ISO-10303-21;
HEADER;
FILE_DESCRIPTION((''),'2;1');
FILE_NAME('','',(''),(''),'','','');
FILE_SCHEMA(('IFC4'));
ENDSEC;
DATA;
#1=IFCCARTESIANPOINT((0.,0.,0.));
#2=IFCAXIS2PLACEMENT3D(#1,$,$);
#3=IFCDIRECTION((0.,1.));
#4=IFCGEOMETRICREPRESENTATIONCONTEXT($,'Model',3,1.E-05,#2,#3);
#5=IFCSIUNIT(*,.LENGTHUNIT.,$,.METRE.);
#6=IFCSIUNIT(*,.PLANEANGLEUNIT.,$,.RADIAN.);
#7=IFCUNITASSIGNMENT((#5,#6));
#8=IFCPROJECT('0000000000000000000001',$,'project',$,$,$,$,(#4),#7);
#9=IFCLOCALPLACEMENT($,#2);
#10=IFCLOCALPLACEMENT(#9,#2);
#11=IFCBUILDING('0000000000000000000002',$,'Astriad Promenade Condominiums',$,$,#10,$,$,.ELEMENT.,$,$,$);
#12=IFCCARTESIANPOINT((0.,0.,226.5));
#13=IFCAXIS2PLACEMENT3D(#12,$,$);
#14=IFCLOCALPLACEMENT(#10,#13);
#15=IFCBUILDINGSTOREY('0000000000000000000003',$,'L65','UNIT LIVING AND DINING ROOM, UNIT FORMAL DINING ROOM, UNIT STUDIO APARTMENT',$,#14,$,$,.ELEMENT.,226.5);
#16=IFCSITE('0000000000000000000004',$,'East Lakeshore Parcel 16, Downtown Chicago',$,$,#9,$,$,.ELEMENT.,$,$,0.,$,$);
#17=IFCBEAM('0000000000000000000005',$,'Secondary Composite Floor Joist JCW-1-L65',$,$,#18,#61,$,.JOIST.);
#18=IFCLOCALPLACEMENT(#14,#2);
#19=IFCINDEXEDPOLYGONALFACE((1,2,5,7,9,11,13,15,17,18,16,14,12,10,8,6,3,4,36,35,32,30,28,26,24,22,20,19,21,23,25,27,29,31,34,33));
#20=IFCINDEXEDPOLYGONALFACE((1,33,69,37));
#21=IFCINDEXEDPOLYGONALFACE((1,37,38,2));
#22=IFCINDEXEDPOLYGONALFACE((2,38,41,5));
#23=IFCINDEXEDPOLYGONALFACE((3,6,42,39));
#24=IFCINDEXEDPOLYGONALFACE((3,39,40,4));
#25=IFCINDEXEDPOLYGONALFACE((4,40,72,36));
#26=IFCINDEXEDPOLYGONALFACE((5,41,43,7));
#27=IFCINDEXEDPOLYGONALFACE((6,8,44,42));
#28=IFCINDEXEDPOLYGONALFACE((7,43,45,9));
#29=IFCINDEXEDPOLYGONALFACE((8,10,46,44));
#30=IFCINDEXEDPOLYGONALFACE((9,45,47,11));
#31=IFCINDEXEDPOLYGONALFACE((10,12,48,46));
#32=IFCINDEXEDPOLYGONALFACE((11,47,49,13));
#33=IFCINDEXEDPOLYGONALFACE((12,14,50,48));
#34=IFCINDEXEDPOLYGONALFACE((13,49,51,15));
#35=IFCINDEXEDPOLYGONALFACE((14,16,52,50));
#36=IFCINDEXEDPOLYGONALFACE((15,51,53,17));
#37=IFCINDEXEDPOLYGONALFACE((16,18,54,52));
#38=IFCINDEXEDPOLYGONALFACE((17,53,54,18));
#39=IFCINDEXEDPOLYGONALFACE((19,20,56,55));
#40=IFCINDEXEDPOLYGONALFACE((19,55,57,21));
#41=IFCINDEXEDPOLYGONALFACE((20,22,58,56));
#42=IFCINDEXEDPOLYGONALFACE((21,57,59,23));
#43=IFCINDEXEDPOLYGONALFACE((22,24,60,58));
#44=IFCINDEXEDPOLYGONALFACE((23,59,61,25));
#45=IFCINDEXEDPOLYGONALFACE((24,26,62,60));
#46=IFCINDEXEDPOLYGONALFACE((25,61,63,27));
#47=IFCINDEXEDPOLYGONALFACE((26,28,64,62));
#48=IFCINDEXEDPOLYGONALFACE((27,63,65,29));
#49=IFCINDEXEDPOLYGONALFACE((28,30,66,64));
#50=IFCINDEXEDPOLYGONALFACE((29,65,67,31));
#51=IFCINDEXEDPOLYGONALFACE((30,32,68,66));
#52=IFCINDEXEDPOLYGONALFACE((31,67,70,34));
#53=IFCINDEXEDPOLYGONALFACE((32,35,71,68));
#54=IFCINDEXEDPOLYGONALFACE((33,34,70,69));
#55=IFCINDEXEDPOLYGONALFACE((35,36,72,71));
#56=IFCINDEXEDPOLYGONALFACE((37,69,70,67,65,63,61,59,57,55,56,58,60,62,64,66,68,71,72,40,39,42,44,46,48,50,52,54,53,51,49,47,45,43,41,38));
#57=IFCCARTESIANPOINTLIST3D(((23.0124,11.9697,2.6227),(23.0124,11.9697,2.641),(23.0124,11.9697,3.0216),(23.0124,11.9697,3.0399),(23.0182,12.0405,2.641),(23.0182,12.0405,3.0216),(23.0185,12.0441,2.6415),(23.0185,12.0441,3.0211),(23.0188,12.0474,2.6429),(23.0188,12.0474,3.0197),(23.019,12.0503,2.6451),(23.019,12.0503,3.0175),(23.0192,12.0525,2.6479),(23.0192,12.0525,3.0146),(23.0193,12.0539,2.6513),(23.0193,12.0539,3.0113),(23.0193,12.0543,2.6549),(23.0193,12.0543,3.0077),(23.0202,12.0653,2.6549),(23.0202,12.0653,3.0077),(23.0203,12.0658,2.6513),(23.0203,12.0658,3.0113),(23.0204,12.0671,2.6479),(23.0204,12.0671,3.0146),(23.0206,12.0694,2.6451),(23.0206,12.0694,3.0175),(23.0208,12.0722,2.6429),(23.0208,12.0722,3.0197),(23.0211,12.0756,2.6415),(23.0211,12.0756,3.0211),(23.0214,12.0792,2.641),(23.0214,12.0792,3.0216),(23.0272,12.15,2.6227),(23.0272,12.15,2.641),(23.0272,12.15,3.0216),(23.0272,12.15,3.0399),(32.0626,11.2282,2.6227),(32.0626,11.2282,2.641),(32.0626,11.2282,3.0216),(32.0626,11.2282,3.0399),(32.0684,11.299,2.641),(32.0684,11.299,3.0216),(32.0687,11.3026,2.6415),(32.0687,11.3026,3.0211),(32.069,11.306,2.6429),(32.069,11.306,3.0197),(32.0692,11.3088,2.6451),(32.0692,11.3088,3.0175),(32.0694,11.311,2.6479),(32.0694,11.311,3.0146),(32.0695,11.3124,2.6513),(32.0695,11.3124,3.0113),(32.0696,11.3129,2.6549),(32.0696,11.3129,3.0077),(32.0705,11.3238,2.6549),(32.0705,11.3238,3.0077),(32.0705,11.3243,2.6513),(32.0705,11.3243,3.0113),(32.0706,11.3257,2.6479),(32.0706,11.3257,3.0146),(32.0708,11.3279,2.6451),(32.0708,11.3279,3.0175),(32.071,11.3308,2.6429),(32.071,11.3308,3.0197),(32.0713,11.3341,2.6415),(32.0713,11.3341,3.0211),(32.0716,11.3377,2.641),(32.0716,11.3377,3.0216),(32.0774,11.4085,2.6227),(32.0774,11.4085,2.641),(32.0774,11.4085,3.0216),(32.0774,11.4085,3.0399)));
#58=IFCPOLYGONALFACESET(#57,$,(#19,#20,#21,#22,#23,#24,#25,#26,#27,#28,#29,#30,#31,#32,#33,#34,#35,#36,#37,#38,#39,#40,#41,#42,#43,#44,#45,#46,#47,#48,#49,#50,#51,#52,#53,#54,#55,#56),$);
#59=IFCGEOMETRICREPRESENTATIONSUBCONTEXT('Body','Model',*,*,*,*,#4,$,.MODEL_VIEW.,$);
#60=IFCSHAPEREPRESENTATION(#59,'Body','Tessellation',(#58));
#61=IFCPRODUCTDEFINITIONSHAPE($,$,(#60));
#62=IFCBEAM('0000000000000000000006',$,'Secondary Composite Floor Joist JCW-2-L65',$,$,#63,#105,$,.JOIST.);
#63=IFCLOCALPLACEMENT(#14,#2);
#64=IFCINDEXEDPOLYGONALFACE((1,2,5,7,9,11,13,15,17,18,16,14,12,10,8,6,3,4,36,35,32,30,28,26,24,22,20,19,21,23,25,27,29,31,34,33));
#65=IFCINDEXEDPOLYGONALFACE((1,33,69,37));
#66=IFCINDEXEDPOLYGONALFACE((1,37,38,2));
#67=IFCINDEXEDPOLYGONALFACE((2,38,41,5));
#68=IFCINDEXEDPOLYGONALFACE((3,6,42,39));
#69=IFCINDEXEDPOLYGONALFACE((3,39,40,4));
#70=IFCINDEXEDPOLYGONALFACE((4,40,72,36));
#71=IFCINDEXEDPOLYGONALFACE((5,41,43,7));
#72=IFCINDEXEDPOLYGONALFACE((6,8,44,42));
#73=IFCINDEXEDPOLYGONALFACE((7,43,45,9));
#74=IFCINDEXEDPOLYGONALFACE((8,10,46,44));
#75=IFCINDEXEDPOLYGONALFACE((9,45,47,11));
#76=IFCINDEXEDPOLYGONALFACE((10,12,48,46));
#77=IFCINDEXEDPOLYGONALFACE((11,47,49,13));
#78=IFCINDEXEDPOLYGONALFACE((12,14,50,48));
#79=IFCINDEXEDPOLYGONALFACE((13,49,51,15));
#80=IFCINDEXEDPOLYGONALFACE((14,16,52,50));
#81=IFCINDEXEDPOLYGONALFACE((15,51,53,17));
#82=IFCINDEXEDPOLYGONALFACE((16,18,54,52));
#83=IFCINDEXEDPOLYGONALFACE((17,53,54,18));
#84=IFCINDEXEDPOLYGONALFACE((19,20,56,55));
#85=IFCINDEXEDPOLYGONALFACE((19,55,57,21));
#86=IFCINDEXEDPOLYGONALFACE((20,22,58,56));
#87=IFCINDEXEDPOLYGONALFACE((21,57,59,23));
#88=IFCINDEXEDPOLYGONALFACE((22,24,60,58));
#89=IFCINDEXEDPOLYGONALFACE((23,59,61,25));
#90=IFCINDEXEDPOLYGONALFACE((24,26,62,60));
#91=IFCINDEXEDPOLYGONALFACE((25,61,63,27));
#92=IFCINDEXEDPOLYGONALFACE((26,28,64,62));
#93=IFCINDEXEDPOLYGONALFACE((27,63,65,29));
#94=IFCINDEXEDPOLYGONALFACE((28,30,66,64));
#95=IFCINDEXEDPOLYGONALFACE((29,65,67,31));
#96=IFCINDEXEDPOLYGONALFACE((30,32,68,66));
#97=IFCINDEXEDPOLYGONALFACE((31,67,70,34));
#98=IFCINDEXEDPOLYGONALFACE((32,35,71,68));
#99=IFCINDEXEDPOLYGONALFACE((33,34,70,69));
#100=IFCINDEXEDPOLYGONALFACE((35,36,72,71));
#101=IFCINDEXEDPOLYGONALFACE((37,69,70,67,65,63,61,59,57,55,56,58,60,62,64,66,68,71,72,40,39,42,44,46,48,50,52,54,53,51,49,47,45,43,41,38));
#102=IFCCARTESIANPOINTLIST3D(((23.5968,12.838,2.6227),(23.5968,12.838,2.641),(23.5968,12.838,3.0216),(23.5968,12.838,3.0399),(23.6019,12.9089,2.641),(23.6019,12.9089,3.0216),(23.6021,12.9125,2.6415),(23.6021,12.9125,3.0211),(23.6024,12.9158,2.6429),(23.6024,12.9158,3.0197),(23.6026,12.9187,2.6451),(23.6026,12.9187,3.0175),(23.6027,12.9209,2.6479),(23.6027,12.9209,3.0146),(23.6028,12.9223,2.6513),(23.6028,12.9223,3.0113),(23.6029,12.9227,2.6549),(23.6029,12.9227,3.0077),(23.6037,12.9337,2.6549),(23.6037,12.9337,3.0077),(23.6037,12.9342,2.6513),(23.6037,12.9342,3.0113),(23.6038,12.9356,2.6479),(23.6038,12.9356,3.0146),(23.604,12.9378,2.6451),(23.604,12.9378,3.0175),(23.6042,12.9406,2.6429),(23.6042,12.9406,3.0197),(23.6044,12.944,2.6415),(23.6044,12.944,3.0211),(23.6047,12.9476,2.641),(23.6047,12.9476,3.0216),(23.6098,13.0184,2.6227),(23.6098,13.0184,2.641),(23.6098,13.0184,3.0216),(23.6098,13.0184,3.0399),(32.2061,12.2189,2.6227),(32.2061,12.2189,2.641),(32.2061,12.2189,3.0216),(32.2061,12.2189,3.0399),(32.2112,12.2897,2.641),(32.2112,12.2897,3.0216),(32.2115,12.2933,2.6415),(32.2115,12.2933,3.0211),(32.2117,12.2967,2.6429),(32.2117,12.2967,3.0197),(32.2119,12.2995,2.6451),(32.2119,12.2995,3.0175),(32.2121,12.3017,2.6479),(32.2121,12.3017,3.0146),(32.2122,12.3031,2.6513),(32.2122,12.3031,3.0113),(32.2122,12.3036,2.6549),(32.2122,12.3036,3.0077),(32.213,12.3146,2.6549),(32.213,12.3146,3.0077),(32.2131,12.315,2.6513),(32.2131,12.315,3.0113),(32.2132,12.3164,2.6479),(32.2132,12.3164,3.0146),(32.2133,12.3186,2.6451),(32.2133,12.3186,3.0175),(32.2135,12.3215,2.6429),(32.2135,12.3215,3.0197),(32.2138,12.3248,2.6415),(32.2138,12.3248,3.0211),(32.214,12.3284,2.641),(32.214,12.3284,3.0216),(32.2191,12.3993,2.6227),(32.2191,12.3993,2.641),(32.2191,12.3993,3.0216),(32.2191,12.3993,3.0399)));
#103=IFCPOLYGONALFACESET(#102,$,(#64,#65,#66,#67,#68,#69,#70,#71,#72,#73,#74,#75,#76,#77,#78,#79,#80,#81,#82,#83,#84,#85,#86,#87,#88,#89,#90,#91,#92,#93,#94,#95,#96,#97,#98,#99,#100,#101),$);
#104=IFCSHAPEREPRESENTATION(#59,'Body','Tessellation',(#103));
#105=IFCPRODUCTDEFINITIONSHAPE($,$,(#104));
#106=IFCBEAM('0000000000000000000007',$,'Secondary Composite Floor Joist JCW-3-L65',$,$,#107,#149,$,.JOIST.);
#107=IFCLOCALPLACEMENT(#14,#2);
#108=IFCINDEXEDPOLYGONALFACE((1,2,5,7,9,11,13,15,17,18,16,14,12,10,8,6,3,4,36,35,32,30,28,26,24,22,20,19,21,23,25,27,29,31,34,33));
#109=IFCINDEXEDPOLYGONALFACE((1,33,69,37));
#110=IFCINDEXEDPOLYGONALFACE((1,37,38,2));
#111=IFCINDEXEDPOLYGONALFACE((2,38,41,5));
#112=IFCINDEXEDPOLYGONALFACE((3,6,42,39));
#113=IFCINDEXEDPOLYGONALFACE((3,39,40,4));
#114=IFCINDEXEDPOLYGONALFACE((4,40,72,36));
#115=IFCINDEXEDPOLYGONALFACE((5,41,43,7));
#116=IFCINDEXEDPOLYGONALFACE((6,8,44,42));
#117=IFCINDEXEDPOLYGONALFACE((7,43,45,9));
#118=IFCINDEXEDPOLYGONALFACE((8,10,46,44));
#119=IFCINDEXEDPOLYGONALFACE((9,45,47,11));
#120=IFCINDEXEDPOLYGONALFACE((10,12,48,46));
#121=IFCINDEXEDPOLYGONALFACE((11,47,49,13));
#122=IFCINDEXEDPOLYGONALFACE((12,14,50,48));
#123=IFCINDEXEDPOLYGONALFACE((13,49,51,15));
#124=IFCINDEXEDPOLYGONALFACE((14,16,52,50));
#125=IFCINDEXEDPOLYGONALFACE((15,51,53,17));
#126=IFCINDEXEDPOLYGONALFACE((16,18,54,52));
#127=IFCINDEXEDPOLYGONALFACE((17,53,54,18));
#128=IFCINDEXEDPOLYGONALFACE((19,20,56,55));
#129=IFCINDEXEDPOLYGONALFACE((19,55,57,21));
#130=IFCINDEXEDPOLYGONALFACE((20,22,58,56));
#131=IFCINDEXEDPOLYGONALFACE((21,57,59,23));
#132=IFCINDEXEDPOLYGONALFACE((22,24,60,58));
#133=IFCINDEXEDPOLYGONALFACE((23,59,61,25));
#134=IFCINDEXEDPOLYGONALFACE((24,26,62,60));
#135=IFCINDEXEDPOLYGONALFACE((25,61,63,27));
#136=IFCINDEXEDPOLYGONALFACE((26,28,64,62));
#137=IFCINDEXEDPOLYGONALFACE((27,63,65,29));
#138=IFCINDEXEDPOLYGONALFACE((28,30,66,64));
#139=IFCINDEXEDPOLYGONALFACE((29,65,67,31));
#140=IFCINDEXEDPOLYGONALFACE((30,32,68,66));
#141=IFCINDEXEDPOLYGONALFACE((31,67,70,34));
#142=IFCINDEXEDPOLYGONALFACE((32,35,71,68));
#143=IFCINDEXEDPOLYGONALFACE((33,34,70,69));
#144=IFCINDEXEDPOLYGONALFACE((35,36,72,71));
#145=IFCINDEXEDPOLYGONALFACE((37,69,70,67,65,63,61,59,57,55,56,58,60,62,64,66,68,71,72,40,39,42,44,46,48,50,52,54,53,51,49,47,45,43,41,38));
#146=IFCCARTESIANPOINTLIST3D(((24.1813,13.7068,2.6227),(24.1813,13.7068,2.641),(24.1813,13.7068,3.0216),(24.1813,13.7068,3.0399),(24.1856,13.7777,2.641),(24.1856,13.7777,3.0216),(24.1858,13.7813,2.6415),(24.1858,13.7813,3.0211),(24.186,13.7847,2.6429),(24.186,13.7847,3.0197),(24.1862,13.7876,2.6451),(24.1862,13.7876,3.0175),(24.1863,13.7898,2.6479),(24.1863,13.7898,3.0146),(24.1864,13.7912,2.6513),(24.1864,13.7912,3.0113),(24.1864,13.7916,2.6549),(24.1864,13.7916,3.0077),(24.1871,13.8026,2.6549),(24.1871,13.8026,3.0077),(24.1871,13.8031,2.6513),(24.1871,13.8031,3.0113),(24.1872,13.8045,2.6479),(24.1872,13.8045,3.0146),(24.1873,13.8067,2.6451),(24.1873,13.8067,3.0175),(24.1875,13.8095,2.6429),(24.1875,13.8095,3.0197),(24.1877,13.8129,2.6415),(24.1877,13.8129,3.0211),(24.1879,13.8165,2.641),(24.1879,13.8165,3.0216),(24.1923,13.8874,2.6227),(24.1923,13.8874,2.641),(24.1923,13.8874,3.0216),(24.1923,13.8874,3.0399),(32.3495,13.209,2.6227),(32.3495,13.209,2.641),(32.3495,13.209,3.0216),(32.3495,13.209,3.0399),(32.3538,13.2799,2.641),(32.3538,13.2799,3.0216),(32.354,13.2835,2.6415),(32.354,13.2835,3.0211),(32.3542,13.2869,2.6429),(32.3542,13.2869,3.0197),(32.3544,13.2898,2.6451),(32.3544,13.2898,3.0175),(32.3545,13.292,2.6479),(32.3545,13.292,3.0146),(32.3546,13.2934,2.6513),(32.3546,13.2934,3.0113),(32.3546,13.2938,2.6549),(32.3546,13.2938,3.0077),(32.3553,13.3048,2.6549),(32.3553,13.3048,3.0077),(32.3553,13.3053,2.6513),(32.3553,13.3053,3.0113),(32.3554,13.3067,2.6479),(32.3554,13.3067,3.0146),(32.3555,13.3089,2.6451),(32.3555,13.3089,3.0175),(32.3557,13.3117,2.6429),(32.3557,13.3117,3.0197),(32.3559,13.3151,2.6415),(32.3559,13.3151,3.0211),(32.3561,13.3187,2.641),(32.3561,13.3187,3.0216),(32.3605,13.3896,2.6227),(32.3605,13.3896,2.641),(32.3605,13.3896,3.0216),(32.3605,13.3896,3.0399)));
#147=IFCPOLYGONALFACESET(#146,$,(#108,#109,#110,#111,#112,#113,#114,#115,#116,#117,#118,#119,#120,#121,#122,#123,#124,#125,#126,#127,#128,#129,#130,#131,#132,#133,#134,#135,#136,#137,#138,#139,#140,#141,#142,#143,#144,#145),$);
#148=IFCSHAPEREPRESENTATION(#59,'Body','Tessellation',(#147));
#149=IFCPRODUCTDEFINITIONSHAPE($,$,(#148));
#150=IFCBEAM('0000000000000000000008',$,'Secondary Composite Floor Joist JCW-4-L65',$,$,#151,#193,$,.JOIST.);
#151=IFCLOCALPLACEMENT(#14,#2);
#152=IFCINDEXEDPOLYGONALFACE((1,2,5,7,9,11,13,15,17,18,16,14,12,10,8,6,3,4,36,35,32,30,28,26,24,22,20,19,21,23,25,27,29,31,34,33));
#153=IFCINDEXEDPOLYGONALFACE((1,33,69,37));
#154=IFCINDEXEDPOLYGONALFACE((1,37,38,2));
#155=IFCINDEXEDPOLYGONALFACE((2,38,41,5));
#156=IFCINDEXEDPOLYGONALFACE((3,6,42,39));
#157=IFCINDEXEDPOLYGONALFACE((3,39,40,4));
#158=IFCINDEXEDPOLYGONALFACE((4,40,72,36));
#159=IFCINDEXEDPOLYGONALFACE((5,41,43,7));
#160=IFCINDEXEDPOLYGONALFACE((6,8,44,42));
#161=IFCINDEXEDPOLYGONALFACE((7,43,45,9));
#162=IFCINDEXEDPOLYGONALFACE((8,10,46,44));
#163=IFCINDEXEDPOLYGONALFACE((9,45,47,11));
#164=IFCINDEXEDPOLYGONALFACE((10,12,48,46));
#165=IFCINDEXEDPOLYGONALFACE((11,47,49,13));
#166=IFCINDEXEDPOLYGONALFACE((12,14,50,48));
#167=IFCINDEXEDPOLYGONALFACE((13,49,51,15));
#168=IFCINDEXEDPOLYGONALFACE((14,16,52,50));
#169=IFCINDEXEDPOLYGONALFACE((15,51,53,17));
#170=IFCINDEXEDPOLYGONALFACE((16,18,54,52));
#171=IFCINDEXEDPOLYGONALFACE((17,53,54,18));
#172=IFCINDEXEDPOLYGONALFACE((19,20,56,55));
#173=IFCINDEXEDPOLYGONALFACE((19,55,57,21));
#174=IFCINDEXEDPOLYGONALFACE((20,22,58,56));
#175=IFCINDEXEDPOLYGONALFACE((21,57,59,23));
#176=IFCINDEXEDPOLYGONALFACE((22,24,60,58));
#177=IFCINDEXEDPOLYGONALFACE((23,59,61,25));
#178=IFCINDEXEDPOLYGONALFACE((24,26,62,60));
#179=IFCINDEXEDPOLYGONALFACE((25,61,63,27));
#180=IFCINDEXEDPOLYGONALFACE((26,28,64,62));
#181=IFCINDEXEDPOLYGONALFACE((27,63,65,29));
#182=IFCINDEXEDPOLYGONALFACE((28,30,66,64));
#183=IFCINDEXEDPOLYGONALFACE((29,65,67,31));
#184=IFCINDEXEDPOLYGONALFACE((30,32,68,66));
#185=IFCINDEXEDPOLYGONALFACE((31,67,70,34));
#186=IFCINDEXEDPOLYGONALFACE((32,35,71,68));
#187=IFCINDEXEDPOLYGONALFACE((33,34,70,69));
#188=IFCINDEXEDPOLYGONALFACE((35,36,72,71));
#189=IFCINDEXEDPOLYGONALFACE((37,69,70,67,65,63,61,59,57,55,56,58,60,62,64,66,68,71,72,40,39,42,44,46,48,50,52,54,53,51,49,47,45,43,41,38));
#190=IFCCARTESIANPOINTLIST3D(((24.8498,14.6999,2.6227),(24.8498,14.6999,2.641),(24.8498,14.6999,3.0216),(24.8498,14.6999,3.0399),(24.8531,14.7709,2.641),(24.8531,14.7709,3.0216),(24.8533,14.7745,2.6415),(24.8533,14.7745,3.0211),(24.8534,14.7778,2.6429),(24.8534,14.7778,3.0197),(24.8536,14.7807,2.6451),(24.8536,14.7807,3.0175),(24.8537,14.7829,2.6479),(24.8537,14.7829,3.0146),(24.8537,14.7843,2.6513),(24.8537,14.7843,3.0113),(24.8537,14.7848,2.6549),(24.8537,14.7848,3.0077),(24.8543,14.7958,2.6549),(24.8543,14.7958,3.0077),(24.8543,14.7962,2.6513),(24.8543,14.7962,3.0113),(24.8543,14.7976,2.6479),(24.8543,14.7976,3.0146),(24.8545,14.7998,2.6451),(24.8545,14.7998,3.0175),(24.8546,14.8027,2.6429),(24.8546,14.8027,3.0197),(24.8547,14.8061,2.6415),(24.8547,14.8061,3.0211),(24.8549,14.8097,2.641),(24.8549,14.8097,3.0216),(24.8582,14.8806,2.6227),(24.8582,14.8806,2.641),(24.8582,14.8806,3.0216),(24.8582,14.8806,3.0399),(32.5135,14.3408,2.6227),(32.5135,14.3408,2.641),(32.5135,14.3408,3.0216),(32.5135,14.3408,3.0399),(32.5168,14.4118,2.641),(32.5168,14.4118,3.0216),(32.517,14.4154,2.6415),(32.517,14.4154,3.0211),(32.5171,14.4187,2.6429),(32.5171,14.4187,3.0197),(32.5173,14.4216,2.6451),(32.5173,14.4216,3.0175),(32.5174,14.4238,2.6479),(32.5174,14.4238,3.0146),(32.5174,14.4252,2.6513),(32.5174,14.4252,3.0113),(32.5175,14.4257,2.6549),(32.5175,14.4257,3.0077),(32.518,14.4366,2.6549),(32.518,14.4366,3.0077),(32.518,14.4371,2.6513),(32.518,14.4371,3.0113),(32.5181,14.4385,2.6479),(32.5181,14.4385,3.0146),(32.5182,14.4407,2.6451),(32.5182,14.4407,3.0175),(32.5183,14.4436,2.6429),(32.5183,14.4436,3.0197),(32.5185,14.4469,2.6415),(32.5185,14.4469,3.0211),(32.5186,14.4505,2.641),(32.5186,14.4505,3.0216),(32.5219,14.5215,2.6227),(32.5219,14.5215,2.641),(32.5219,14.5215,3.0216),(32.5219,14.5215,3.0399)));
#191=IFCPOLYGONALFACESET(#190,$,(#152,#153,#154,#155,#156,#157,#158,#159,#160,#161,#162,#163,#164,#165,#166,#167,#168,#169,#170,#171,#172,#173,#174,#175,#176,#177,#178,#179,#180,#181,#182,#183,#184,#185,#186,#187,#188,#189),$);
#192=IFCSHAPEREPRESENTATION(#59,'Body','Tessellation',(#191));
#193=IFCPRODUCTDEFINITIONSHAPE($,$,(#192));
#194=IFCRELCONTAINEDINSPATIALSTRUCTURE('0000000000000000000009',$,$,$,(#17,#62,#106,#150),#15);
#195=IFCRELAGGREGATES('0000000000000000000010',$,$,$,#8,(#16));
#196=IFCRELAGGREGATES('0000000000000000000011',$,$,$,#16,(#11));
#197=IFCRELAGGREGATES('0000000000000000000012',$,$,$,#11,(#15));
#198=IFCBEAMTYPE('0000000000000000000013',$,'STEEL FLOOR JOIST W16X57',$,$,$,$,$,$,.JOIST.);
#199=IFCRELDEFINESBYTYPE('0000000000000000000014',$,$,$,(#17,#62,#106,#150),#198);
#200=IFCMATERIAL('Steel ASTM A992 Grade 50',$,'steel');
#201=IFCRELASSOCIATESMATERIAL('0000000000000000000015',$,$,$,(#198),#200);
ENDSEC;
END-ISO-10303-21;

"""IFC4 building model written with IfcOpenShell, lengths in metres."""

from ifc_helpers import new_model, si_unit, direction, frame, origin, origin_2d, place, context, subcontext, project, spatial, i_section, extrude, source, transform, mapped, material, material_profile, profile_set, type_object, element, save


model = new_model("IFC4")

# Units and contexts
model_context = context("Model", 3, precision=1e-05, world=origin(), true_north=direction((0.0, 1.0)))
body_context = subcontext(model_context, "Body", "Model", "MODEL_VIEW")
ifc_project = project(units=[si_unit("LENGTHUNIT", "METRE"), si_unit("PLANEANGLEUNIT", "RADIAN")], contexts=[model_context])

# Site, building, storey
site_placement = place(None, origin())
site = spatial("IfcSite", under=ifc_project, at=site_placement, Name="East Lakeshore Parcel 16, Downtown Chicago", CompositionType="ELEMENT", RefElevation=0.0)
building_placement = place(site_placement, origin())
building = spatial("IfcBuilding", under=site, at=building_placement, Name="Astriad Promenade Condominiums", CompositionType="ELEMENT")
storey_placement = place(building_placement, frame((0.0, 0.0, 226.5)))
storey = spatial("IfcBuildingStorey", under=building, at=storey_placement, Name="L65", Description="UNIT LIVING AND DINING ROOM, UNIT FORMAL DINING ROOM, UNIT STUDIO APARTMENT", CompositionType="ELEMENT", Elevation=226.5)

# Beams
ifc_material_1 = material(Name="Steel ASTM A992 Grade 50", Category="steel")
ifc_material_profile_1 = material_profile(ifc_material_1, i_section(OverallWidth=0.1809, OverallDepth=0.4172, WebThickness=0.011, FlangeThickness=0.0183, FilletRadius=0.0139, at=origin_2d()), Name="W16X57")
ifc_profile_set_1 = profile_set([ifc_material_profile_1], Name="Steel ASTM A992 Grade 50")
beam_type_1 = type_object("IfcBeamType", Name="STEEL FLOOR JOIST W16X57", PredefinedType="JOIST", material=ifc_profile_set_1)
shared_shape_1 = source(origin(), body_context, "Body", "SweptSolid", [
    extrude(i_section(OverallWidth=0.1809, OverallDepth=0.4172, WebThickness=0.011, FlangeThickness=0.0183, FilletRadius=0.0139, at=origin_2d()), origin(), (0.0, 0.0, 1.0), 9.0806),
])
beam_1_placement = place(storey_placement, frame((23.0198, 12.0598, 2.8313), z_axis=(0.996661, -0.081653, 0.0), x_axis=(0.081653, 0.996661, 0.0)))
element("IfcBeam", 1, at=beam_1_placement, inside=storey, type_object=beam_type_1, Name="Secondary Composite Floor Joist JCW-1-L65", PredefinedType="JOIST", context=body_context, shape_type="MappedRepresentation", body=[
    mapped(shared_shape_1, transform((0.0, 0.0, 0.0), scale=1.0)),
])
shared_shape_2 = source(origin(), body_context, "Body", "SweptSolid", [
    extrude(i_section(OverallWidth=0.1809, OverallDepth=0.4172, WebThickness=0.011, FlangeThickness=0.0183, FilletRadius=0.0139, at=origin_2d()), origin(), (0.0, 0.0, 1.0), 8.6316),
])
beam_2_placement = place(storey_placement, frame((23.6033, 12.9282, 2.8313), z_axis=(0.997424, -0.071729, 0.0), x_axis=(0.071729, 0.997424, 0.0)))
element("IfcBeam", 2, at=beam_2_placement, inside=storey, type_object=beam_type_1, Name="Secondary Composite Floor Joist JCW-2-L65", PredefinedType="JOIST", context=body_context, shape_type="MappedRepresentation", body=[
    mapped(shared_shape_2, transform((0.0, 0.0, 0.0), scale=1.0)),
])
shared_shape_3 = source(origin(), body_context, "Body", "SweptSolid", [
    extrude(i_section(OverallWidth=0.1809, OverallDepth=0.4172, WebThickness=0.011, FlangeThickness=0.0183, FilletRadius=0.0139, at=origin_2d()), origin(), (0.0, 0.0, 1.0), 8.1833),
])
beam_3_placement = place(storey_placement, frame((24.1868, 13.7971, 2.8313), z_axis=(0.998148, -0.060831, 0.0), x_axis=(0.060831, 0.998148, 0.0)))
element("IfcBeam", 3, at=beam_3_placement, inside=storey, type_object=beam_type_1, Name="Secondary Composite Floor Joist JCW-3-L65", PredefinedType="JOIST", context=body_context, shape_type="MappedRepresentation", body=[
    mapped(shared_shape_3, transform((0.0, 0.0, 0.0), scale=1.0)),
])
shared_shape_4 = source(origin(), body_context, "Body", "SweptSolid", [
    extrude(i_section(OverallWidth=0.1809, OverallDepth=0.4172, WebThickness=0.011, FlangeThickness=0.0183, FilletRadius=0.0139, at=origin_2d()), origin(), (0.0, 0.0, 1.0), 7.6721),
])
beam_4_placement = place(storey_placement, frame((24.854, 14.7903, 2.8313), z_axis=(0.998904, -0.046809, 0.0), x_axis=(0.046809, 0.998904, 0.0)))
element("IfcBeam", 4, at=beam_4_placement, inside=storey, type_object=beam_type_1, Name="Secondary Composite Floor Joist JCW-4-L65", PredefinedType="JOIST", context=body_context, shape_type="MappedRepresentation", body=[
    mapped(shared_shape_4, transform((0.0, 0.0, 0.0), scale=1.0)),
])

save(model, "model.ifc")
